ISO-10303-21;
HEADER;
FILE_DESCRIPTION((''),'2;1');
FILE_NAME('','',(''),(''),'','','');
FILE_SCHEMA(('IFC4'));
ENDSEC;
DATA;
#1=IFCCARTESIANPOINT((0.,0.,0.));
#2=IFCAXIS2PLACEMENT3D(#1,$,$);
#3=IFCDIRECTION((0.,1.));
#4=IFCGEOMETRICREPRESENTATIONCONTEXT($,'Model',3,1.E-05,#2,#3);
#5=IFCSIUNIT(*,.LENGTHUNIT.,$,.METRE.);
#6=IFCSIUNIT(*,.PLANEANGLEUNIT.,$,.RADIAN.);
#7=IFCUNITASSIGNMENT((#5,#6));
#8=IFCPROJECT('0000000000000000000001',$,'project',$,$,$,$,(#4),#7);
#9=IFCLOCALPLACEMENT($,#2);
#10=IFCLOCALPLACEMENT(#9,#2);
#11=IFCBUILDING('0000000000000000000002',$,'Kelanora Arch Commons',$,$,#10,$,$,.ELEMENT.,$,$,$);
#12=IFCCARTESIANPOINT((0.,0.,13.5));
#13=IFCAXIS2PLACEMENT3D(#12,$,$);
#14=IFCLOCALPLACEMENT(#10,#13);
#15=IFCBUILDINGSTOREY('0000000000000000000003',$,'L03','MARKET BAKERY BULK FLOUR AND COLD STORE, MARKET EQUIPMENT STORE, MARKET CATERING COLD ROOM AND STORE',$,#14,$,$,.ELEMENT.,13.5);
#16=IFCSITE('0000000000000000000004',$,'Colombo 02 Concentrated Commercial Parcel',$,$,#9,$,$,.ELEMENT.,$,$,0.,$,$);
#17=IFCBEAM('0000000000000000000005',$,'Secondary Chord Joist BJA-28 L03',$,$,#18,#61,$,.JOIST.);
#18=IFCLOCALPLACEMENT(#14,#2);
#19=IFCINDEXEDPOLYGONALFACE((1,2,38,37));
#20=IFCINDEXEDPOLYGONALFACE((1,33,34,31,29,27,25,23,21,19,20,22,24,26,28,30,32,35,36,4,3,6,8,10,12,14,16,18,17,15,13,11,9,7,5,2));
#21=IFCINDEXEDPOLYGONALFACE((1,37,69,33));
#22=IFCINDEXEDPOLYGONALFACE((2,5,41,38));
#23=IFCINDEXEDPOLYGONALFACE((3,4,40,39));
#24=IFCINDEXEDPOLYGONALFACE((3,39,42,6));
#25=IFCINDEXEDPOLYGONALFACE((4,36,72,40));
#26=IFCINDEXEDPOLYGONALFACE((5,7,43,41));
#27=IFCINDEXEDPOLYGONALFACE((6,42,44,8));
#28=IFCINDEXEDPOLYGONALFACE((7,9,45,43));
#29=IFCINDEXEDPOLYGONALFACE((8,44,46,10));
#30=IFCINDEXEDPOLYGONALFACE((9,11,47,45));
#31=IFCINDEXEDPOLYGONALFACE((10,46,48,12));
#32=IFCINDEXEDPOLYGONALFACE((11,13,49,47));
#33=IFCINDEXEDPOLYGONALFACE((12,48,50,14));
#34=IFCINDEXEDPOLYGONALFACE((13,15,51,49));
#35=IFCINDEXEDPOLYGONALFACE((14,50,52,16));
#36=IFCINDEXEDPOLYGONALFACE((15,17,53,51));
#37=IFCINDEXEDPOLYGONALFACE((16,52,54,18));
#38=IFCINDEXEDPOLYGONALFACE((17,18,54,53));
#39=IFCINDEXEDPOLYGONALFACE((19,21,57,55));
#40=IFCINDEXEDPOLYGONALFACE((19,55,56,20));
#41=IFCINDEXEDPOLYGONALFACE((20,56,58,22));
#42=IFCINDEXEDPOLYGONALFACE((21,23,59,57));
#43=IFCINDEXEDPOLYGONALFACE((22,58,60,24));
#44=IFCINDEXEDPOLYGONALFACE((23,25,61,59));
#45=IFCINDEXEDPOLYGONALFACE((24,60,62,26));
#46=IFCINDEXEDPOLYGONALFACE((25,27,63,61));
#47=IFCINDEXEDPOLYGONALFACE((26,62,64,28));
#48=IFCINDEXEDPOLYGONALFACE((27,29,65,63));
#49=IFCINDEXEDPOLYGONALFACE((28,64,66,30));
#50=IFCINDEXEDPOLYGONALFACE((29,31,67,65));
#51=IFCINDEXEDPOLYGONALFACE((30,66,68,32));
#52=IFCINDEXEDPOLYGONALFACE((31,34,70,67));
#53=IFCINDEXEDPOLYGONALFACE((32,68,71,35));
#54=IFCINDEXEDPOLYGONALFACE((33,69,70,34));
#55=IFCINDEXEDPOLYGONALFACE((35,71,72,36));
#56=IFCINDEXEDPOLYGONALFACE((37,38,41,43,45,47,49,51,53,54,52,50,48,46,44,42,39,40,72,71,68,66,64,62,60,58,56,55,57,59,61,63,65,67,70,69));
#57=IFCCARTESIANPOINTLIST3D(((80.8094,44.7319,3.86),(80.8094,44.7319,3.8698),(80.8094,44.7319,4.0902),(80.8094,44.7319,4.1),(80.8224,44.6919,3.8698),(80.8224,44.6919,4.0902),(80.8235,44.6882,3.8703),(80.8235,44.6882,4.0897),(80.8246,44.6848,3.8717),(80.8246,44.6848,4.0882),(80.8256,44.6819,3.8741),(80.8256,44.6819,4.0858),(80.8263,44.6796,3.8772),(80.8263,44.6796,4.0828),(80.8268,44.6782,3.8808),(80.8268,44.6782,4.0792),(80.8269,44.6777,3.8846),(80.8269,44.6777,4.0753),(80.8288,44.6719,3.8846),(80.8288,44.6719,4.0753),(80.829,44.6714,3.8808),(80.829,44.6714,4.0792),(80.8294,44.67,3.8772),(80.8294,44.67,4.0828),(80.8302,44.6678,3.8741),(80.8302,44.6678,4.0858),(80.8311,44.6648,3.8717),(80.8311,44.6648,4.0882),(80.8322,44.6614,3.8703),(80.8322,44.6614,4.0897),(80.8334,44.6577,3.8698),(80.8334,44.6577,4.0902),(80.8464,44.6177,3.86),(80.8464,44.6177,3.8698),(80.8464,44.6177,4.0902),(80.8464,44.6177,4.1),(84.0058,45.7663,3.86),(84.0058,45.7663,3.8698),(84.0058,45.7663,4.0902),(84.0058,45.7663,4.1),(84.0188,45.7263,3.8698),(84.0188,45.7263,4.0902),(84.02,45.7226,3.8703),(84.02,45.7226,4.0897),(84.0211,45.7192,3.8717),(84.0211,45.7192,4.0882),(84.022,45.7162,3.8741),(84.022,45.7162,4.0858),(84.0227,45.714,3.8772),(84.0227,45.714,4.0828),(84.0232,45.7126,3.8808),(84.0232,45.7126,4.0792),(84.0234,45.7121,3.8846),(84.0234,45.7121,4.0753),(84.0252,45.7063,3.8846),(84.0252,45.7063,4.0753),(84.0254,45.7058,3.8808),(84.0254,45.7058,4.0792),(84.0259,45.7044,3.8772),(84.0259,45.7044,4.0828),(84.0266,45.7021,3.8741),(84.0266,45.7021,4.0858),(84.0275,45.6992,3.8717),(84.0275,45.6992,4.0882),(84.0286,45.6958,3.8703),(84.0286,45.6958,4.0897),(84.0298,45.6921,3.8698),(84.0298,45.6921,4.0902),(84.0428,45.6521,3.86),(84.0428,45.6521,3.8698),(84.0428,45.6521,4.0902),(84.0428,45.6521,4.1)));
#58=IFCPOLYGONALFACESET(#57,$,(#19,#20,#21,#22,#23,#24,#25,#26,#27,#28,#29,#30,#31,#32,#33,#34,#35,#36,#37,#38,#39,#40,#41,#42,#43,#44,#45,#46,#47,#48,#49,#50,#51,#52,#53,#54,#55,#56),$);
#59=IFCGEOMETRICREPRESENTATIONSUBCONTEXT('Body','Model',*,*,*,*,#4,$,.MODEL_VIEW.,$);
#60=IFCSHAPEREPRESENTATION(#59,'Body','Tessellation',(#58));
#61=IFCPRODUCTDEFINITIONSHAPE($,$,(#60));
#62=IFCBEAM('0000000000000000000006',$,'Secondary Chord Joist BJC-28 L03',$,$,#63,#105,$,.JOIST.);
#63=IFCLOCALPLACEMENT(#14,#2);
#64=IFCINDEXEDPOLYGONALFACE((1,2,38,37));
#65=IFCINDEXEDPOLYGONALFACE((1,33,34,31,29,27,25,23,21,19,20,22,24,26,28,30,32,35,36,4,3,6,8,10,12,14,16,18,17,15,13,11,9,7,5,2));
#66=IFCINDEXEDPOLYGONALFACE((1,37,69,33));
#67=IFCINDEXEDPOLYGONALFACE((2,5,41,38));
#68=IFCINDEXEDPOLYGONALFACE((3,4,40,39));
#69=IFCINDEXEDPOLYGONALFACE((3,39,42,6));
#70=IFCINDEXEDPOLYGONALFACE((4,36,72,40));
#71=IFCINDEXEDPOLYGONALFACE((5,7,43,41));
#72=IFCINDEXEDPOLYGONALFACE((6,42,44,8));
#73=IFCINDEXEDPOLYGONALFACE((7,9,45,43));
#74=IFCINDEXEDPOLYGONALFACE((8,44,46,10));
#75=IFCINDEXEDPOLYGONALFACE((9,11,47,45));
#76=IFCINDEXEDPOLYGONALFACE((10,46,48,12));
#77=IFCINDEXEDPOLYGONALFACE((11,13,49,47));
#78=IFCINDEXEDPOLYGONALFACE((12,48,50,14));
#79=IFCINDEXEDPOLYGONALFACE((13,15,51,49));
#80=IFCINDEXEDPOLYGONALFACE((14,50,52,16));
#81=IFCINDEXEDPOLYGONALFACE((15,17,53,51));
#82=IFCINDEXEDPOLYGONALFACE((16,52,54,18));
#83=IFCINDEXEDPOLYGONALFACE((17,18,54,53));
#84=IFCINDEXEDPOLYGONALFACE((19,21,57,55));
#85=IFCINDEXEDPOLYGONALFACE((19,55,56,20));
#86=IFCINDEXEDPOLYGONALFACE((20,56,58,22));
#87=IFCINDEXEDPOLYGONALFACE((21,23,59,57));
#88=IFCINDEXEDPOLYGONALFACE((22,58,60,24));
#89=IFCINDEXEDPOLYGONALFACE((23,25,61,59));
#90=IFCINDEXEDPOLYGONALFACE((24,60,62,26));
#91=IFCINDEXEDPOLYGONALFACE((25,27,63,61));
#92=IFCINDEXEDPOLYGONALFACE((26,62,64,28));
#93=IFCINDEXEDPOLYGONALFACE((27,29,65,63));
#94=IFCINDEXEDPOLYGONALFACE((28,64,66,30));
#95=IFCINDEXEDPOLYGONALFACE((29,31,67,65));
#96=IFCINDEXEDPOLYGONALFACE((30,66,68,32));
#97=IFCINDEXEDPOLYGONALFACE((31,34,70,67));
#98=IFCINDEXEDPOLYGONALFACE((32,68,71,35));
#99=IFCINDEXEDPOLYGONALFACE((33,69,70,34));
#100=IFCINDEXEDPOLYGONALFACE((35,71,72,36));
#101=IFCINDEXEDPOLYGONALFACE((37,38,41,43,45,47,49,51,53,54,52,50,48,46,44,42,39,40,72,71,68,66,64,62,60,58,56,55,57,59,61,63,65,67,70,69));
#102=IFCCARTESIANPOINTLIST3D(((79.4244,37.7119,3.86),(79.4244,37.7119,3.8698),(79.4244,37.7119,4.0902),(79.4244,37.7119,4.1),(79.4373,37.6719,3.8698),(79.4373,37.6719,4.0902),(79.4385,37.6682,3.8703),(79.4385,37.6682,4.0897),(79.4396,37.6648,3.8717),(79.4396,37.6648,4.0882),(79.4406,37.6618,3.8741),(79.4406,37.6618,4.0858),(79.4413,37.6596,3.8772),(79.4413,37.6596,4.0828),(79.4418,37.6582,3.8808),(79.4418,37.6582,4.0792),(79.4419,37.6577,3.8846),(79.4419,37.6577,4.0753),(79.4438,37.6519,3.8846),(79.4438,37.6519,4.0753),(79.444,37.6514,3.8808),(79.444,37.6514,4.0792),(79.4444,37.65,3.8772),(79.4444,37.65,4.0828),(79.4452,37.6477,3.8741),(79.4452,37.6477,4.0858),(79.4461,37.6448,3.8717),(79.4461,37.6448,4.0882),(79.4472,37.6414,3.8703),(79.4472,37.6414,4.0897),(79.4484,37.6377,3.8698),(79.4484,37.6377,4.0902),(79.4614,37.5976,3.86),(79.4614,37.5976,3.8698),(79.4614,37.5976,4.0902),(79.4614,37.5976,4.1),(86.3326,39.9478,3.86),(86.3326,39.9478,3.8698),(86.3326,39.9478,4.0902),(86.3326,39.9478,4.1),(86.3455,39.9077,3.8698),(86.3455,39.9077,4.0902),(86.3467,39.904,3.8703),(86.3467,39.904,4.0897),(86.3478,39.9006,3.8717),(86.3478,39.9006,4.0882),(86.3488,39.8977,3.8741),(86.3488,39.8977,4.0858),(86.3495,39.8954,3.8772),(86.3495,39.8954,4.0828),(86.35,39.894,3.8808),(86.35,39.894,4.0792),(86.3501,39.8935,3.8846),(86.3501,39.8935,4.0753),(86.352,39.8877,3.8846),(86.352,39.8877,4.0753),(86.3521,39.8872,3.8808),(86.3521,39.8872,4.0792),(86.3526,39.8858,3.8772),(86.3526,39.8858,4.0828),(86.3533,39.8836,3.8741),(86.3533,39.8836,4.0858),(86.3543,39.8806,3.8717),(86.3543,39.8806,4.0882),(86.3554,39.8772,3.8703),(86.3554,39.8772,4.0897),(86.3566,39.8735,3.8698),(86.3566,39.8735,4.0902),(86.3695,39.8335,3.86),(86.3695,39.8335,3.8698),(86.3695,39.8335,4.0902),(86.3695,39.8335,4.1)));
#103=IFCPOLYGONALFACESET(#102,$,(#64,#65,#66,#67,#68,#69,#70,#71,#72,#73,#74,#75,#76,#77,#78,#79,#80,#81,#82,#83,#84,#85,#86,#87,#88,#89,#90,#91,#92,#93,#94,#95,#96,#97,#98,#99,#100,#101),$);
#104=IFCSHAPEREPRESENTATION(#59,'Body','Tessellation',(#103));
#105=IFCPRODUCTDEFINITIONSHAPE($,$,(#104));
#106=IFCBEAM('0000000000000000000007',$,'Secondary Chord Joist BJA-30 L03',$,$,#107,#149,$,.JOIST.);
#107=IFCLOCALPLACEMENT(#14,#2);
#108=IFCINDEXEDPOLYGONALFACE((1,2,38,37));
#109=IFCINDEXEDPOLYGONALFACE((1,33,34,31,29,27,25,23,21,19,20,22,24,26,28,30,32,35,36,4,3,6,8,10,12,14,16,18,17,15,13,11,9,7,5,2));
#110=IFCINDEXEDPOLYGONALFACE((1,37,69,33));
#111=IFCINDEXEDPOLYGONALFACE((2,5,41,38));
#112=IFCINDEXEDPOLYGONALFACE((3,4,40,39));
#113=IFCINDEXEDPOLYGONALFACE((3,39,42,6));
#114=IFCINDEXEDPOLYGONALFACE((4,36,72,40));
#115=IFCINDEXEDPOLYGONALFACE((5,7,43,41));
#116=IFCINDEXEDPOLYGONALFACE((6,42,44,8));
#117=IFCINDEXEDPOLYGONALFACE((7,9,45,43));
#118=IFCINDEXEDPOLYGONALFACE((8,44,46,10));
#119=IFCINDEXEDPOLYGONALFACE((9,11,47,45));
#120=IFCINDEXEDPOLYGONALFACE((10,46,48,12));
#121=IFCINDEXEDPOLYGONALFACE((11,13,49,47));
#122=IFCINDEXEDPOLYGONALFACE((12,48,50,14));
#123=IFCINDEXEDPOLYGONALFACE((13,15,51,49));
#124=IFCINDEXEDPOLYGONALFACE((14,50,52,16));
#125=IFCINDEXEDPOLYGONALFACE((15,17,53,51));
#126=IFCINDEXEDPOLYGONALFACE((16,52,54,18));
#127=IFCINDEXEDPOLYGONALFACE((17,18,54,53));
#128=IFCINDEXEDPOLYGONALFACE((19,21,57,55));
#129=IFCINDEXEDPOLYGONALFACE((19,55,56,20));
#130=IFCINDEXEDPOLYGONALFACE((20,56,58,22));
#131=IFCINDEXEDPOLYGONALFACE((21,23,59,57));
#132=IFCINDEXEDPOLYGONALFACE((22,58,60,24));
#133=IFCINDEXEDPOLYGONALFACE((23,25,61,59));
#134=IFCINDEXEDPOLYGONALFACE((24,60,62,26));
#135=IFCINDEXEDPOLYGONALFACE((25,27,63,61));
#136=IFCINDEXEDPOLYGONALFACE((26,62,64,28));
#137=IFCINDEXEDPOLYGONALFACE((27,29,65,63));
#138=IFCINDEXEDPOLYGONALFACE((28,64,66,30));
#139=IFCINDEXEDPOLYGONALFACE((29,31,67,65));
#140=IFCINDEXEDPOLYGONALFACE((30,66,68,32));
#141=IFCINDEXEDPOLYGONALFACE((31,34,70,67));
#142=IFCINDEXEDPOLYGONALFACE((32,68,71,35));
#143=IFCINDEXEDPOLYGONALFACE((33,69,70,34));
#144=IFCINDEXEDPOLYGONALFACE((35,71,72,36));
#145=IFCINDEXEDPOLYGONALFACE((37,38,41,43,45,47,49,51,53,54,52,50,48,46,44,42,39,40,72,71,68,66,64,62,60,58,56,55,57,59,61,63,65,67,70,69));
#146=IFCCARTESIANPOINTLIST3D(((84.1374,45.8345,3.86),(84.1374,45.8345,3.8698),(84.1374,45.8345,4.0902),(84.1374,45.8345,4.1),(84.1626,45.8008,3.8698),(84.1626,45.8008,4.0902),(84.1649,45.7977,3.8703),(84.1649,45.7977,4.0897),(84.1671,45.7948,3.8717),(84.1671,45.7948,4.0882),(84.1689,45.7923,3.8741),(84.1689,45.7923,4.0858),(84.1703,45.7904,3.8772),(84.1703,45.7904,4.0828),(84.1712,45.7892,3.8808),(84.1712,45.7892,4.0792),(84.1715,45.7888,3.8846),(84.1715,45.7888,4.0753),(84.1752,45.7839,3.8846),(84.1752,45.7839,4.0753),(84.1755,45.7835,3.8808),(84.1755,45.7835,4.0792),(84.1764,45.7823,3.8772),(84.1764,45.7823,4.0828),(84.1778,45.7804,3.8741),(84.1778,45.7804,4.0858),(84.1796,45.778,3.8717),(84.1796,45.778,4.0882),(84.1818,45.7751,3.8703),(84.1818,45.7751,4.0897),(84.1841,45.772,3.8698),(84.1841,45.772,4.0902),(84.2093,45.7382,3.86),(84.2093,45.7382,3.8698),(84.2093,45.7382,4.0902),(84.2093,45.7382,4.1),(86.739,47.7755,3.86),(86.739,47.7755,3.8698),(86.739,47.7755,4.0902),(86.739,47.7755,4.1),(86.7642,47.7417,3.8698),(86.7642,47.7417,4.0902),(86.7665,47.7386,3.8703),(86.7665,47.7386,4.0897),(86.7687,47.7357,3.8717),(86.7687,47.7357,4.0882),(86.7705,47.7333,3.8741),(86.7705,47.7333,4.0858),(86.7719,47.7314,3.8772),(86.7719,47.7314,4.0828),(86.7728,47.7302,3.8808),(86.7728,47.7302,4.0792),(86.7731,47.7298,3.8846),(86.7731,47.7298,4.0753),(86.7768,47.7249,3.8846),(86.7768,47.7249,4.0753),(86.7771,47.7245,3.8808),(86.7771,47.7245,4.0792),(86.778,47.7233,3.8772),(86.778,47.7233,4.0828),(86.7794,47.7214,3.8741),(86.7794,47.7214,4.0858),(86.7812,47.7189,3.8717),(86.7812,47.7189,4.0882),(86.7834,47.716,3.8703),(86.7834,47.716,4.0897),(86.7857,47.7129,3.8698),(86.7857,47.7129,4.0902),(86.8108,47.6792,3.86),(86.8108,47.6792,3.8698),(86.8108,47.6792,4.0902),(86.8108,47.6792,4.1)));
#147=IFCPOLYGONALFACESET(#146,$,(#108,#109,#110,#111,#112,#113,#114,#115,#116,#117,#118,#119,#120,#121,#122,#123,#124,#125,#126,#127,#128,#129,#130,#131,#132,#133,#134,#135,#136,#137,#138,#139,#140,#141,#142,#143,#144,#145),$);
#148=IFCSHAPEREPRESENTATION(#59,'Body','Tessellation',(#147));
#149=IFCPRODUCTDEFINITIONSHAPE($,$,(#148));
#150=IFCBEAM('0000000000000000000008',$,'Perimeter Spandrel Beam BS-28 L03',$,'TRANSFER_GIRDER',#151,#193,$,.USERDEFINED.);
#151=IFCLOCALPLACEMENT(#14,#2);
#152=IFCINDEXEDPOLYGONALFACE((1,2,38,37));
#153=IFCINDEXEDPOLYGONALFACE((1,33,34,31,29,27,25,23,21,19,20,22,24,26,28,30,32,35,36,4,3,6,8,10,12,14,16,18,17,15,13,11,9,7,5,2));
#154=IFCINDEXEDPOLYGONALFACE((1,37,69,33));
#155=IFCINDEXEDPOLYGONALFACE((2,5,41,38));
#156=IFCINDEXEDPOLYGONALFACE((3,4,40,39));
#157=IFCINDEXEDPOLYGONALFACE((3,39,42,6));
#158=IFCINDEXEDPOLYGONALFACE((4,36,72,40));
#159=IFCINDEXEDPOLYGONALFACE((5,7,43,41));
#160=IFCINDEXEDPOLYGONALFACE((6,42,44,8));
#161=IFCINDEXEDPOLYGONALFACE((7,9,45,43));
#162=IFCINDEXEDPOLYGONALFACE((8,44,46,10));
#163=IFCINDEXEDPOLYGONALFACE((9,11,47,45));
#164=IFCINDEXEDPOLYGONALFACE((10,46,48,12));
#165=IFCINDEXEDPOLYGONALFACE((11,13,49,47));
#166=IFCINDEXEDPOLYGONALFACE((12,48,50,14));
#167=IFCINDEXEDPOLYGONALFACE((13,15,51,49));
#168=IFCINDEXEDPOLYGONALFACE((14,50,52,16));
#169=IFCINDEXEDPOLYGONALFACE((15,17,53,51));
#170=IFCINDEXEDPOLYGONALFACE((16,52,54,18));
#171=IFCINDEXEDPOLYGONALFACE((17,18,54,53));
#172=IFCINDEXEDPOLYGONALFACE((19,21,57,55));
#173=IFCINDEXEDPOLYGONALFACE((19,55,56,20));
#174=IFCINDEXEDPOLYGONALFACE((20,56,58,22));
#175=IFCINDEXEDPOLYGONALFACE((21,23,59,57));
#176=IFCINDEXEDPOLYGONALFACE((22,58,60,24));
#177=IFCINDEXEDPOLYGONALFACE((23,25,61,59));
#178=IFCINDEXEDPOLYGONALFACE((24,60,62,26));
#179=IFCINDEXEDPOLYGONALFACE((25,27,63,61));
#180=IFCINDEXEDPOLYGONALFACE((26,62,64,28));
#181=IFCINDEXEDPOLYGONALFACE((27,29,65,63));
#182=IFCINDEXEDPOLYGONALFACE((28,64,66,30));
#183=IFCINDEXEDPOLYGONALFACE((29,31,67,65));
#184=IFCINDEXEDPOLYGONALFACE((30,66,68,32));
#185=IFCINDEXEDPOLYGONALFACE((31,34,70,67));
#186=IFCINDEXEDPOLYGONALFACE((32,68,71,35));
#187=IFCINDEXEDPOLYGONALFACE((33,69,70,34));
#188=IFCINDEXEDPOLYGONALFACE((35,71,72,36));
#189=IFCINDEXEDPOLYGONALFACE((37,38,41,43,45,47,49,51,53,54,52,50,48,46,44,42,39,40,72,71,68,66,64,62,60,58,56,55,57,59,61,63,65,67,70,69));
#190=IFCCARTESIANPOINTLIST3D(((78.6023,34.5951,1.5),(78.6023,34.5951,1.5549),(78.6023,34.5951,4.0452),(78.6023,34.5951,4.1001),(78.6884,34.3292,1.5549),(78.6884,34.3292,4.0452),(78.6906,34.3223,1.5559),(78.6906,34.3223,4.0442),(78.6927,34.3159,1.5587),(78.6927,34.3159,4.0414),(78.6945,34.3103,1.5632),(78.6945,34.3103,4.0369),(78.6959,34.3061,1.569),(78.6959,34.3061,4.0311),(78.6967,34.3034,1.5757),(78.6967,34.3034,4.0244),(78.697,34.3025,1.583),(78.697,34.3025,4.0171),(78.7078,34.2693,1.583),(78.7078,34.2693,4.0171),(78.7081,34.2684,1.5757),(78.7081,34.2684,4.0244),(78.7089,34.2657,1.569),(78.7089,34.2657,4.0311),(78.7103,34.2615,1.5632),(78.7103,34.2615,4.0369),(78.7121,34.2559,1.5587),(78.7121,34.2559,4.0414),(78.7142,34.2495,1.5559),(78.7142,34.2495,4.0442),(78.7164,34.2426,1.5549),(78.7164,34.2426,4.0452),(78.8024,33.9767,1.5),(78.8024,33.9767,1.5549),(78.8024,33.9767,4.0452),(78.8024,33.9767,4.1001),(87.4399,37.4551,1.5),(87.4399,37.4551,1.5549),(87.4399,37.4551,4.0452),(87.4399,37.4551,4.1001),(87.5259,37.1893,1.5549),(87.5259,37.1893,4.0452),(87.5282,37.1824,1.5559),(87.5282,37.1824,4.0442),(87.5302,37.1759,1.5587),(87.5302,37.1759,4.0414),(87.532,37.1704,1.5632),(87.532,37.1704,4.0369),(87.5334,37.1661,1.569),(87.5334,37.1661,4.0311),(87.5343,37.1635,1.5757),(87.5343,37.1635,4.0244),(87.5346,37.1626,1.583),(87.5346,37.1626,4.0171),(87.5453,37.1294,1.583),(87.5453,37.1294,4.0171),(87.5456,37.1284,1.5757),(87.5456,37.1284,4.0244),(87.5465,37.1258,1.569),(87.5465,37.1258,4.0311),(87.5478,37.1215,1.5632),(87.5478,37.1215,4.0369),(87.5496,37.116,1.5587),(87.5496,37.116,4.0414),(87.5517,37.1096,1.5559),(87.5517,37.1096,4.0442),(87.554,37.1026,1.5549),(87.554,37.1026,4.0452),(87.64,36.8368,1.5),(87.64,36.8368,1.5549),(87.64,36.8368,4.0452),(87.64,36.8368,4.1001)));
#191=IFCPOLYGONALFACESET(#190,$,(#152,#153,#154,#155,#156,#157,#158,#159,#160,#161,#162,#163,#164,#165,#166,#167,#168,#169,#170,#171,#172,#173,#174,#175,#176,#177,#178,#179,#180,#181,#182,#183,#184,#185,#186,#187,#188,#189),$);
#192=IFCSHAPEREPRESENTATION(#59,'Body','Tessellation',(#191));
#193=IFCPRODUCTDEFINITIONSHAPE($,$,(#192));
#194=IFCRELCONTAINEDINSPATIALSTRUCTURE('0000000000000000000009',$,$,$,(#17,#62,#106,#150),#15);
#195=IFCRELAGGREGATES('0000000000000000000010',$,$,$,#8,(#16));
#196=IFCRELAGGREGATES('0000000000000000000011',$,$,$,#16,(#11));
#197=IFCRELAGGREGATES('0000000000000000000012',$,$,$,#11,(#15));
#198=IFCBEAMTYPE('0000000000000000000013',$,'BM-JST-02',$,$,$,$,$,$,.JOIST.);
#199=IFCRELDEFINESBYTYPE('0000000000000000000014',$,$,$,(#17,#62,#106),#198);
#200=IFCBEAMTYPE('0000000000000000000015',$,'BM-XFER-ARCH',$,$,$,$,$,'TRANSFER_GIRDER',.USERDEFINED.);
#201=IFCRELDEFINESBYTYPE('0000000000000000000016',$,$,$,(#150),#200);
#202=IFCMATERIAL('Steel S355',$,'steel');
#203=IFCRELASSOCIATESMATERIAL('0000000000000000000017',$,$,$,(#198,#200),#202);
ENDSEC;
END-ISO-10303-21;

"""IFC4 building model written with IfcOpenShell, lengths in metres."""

from ifc_helpers import new_model, si_unit, direction, frame, origin, origin_2d, place, context, subcontext, project, spatial, i_section, extrude, material, material_profile, profile_set, type_object, element, save


model = new_model("IFC4")

# Units and contexts
model_context = context("Model", 3, precision=1e-05, world=origin(), true_north=direction((0.0, 1.0)))
body_context = subcontext(model_context, "Body", "Model", "MODEL_VIEW")
ifc_project = project(units=[si_unit("LENGTHUNIT", "METRE"), si_unit("PLANEANGLEUNIT", "RADIAN")], contexts=[model_context])

# Site, building, storey
site_placement = place(None, origin())
site = spatial("IfcSite", under=ifc_project, at=site_placement, Name="Colombo 02 Concentrated Commercial Parcel", CompositionType="ELEMENT", RefElevation=0.0)
building_placement = place(site_placement, origin())
building = spatial("IfcBuilding", under=site, at=building_placement, Name="Kelanora Arch Commons", CompositionType="ELEMENT")
storey_placement = place(building_placement, frame((0.0, 0.0, 13.5)))
storey = spatial("IfcBuildingStorey", under=building, at=storey_placement, Name="L03", Description="MARKET BAKERY BULK FLOUR AND COLD STORE, MARKET EQUIPMENT STORE, MARKET CATERING COLD ROOM AND STORE", CompositionType="ELEMENT", Elevation=13.5)

# Beams
ifc_material_1 = material(Name="Steel S355", Category="steel")
ifc_material_profile_1 = material_profile(ifc_material_1, i_section(OverallWidth=0.1201, OverallDepth=0.24, WebThickness=0.0061, FlangeThickness=0.0098, FilletRadius=0.0149, at=origin_2d()), Name="IPE240")
ifc_profile_set_1 = profile_set([ifc_material_profile_1], Name="Steel S355")
beam_type_1 = type_object("IfcBeamType", Name="BM-JST-02", PredefinedType="JOIST", material=ifc_profile_set_1)
beam_1_placement = place(storey_placement, frame((80.8279, 44.6748, 3.98), z_axis=(0.951423, 0.307888, 0.0), x_axis=(-0.307888, 0.951423, 0.0)))
element("IfcBeam", 1, at=beam_1_placement, inside=storey, type_object=beam_type_1, Name="Secondary Chord Joist BJA-28 L03", PredefinedType="JOIST", context=body_context, shape_type="SweptSolid", body=[
    extrude(i_section(OverallWidth=0.1201, OverallDepth=0.24, WebThickness=0.0061, FlangeThickness=0.0098, FilletRadius=0.0149, at=origin_2d()), origin(), (0.0, 0.0, 1.0), 3.3596),
])
beam_2_placement = place(storey_placement, frame((79.4429, 37.6548, 3.98), z_axis=(0.951411, 0.307924, 0.0), x_axis=(-0.307924, 0.951411, 0.0)))
element("IfcBeam", 2, at=beam_2_placement, inside=storey, type_object=beam_type_1, Name="Secondary Chord Joist BJC-28 L03", PredefinedType="JOIST", context=body_context, shape_type="SweptSolid", body=[
    extrude(i_section(OverallWidth=0.1201, OverallDepth=0.24, WebThickness=0.0061, FlangeThickness=0.0098, FilletRadius=0.0149, at=origin_2d()), origin(), (0.0, 0.0, 1.0), 7.261),
])
beam_3_placement = place(storey_placement, frame((84.1733, 45.7864, 3.98), z_axis=(0.801514, 0.597976, 0.0), x_axis=(-0.597976, 0.801514, 0.0)))
element("IfcBeam", 3, at=beam_3_placement, inside=storey, type_object=beam_type_1, Name="Secondary Chord Joist BJA-30 L03", PredefinedType="JOIST", context=body_context, shape_type="SweptSolid", body=[
    extrude(i_section(OverallWidth=0.1201, OverallDepth=0.24, WebThickness=0.0061, FlangeThickness=0.0098, FilletRadius=0.0149, at=origin_2d()), origin(), (0.0, 0.0, 1.0), 3.2458),
])
ifc_material_profile_2 = material_profile(ifc_material_1, i_section(OverallWidth=0.6499, OverallDepth=2.6001, WebThickness=0.0349, FlangeThickness=0.0549, FilletRadius=0.0281, at=origin_2d()), Name="PG2600x650")
ifc_profile_set_2 = profile_set([ifc_material_profile_2], Name="Steel S355")
beam_type_2 = type_object("IfcBeamType", Name="BM-XFER-ARCH", ElementType="TRANSFER_GIRDER", PredefinedType="USERDEFINED", material=ifc_profile_set_2)
beam_4_placement = place(storey_placement, frame((78.7024, 34.2859, 2.8), z_axis=(0.951417, 0.307905, 0.0), x_axis=(-0.307905, 0.951417, 0.0)))
element("IfcBeam", 4, at=beam_4_placement, inside=storey, type_object=beam_type_2, Name="Perimeter Spandrel Beam BS-28 L03", ObjectType="TRANSFER_GIRDER", PredefinedType="USERDEFINED", context=body_context, shape_type="SweptSolid", body=[
    extrude(i_section(OverallWidth=0.6499, OverallDepth=2.6001, WebThickness=0.0349, FlangeThickness=0.0549, FilletRadius=0.0281, at=origin_2d()), origin(), (0.0, 0.0, 1.0), 9.2888),
])

save(model, "model.ifc")
